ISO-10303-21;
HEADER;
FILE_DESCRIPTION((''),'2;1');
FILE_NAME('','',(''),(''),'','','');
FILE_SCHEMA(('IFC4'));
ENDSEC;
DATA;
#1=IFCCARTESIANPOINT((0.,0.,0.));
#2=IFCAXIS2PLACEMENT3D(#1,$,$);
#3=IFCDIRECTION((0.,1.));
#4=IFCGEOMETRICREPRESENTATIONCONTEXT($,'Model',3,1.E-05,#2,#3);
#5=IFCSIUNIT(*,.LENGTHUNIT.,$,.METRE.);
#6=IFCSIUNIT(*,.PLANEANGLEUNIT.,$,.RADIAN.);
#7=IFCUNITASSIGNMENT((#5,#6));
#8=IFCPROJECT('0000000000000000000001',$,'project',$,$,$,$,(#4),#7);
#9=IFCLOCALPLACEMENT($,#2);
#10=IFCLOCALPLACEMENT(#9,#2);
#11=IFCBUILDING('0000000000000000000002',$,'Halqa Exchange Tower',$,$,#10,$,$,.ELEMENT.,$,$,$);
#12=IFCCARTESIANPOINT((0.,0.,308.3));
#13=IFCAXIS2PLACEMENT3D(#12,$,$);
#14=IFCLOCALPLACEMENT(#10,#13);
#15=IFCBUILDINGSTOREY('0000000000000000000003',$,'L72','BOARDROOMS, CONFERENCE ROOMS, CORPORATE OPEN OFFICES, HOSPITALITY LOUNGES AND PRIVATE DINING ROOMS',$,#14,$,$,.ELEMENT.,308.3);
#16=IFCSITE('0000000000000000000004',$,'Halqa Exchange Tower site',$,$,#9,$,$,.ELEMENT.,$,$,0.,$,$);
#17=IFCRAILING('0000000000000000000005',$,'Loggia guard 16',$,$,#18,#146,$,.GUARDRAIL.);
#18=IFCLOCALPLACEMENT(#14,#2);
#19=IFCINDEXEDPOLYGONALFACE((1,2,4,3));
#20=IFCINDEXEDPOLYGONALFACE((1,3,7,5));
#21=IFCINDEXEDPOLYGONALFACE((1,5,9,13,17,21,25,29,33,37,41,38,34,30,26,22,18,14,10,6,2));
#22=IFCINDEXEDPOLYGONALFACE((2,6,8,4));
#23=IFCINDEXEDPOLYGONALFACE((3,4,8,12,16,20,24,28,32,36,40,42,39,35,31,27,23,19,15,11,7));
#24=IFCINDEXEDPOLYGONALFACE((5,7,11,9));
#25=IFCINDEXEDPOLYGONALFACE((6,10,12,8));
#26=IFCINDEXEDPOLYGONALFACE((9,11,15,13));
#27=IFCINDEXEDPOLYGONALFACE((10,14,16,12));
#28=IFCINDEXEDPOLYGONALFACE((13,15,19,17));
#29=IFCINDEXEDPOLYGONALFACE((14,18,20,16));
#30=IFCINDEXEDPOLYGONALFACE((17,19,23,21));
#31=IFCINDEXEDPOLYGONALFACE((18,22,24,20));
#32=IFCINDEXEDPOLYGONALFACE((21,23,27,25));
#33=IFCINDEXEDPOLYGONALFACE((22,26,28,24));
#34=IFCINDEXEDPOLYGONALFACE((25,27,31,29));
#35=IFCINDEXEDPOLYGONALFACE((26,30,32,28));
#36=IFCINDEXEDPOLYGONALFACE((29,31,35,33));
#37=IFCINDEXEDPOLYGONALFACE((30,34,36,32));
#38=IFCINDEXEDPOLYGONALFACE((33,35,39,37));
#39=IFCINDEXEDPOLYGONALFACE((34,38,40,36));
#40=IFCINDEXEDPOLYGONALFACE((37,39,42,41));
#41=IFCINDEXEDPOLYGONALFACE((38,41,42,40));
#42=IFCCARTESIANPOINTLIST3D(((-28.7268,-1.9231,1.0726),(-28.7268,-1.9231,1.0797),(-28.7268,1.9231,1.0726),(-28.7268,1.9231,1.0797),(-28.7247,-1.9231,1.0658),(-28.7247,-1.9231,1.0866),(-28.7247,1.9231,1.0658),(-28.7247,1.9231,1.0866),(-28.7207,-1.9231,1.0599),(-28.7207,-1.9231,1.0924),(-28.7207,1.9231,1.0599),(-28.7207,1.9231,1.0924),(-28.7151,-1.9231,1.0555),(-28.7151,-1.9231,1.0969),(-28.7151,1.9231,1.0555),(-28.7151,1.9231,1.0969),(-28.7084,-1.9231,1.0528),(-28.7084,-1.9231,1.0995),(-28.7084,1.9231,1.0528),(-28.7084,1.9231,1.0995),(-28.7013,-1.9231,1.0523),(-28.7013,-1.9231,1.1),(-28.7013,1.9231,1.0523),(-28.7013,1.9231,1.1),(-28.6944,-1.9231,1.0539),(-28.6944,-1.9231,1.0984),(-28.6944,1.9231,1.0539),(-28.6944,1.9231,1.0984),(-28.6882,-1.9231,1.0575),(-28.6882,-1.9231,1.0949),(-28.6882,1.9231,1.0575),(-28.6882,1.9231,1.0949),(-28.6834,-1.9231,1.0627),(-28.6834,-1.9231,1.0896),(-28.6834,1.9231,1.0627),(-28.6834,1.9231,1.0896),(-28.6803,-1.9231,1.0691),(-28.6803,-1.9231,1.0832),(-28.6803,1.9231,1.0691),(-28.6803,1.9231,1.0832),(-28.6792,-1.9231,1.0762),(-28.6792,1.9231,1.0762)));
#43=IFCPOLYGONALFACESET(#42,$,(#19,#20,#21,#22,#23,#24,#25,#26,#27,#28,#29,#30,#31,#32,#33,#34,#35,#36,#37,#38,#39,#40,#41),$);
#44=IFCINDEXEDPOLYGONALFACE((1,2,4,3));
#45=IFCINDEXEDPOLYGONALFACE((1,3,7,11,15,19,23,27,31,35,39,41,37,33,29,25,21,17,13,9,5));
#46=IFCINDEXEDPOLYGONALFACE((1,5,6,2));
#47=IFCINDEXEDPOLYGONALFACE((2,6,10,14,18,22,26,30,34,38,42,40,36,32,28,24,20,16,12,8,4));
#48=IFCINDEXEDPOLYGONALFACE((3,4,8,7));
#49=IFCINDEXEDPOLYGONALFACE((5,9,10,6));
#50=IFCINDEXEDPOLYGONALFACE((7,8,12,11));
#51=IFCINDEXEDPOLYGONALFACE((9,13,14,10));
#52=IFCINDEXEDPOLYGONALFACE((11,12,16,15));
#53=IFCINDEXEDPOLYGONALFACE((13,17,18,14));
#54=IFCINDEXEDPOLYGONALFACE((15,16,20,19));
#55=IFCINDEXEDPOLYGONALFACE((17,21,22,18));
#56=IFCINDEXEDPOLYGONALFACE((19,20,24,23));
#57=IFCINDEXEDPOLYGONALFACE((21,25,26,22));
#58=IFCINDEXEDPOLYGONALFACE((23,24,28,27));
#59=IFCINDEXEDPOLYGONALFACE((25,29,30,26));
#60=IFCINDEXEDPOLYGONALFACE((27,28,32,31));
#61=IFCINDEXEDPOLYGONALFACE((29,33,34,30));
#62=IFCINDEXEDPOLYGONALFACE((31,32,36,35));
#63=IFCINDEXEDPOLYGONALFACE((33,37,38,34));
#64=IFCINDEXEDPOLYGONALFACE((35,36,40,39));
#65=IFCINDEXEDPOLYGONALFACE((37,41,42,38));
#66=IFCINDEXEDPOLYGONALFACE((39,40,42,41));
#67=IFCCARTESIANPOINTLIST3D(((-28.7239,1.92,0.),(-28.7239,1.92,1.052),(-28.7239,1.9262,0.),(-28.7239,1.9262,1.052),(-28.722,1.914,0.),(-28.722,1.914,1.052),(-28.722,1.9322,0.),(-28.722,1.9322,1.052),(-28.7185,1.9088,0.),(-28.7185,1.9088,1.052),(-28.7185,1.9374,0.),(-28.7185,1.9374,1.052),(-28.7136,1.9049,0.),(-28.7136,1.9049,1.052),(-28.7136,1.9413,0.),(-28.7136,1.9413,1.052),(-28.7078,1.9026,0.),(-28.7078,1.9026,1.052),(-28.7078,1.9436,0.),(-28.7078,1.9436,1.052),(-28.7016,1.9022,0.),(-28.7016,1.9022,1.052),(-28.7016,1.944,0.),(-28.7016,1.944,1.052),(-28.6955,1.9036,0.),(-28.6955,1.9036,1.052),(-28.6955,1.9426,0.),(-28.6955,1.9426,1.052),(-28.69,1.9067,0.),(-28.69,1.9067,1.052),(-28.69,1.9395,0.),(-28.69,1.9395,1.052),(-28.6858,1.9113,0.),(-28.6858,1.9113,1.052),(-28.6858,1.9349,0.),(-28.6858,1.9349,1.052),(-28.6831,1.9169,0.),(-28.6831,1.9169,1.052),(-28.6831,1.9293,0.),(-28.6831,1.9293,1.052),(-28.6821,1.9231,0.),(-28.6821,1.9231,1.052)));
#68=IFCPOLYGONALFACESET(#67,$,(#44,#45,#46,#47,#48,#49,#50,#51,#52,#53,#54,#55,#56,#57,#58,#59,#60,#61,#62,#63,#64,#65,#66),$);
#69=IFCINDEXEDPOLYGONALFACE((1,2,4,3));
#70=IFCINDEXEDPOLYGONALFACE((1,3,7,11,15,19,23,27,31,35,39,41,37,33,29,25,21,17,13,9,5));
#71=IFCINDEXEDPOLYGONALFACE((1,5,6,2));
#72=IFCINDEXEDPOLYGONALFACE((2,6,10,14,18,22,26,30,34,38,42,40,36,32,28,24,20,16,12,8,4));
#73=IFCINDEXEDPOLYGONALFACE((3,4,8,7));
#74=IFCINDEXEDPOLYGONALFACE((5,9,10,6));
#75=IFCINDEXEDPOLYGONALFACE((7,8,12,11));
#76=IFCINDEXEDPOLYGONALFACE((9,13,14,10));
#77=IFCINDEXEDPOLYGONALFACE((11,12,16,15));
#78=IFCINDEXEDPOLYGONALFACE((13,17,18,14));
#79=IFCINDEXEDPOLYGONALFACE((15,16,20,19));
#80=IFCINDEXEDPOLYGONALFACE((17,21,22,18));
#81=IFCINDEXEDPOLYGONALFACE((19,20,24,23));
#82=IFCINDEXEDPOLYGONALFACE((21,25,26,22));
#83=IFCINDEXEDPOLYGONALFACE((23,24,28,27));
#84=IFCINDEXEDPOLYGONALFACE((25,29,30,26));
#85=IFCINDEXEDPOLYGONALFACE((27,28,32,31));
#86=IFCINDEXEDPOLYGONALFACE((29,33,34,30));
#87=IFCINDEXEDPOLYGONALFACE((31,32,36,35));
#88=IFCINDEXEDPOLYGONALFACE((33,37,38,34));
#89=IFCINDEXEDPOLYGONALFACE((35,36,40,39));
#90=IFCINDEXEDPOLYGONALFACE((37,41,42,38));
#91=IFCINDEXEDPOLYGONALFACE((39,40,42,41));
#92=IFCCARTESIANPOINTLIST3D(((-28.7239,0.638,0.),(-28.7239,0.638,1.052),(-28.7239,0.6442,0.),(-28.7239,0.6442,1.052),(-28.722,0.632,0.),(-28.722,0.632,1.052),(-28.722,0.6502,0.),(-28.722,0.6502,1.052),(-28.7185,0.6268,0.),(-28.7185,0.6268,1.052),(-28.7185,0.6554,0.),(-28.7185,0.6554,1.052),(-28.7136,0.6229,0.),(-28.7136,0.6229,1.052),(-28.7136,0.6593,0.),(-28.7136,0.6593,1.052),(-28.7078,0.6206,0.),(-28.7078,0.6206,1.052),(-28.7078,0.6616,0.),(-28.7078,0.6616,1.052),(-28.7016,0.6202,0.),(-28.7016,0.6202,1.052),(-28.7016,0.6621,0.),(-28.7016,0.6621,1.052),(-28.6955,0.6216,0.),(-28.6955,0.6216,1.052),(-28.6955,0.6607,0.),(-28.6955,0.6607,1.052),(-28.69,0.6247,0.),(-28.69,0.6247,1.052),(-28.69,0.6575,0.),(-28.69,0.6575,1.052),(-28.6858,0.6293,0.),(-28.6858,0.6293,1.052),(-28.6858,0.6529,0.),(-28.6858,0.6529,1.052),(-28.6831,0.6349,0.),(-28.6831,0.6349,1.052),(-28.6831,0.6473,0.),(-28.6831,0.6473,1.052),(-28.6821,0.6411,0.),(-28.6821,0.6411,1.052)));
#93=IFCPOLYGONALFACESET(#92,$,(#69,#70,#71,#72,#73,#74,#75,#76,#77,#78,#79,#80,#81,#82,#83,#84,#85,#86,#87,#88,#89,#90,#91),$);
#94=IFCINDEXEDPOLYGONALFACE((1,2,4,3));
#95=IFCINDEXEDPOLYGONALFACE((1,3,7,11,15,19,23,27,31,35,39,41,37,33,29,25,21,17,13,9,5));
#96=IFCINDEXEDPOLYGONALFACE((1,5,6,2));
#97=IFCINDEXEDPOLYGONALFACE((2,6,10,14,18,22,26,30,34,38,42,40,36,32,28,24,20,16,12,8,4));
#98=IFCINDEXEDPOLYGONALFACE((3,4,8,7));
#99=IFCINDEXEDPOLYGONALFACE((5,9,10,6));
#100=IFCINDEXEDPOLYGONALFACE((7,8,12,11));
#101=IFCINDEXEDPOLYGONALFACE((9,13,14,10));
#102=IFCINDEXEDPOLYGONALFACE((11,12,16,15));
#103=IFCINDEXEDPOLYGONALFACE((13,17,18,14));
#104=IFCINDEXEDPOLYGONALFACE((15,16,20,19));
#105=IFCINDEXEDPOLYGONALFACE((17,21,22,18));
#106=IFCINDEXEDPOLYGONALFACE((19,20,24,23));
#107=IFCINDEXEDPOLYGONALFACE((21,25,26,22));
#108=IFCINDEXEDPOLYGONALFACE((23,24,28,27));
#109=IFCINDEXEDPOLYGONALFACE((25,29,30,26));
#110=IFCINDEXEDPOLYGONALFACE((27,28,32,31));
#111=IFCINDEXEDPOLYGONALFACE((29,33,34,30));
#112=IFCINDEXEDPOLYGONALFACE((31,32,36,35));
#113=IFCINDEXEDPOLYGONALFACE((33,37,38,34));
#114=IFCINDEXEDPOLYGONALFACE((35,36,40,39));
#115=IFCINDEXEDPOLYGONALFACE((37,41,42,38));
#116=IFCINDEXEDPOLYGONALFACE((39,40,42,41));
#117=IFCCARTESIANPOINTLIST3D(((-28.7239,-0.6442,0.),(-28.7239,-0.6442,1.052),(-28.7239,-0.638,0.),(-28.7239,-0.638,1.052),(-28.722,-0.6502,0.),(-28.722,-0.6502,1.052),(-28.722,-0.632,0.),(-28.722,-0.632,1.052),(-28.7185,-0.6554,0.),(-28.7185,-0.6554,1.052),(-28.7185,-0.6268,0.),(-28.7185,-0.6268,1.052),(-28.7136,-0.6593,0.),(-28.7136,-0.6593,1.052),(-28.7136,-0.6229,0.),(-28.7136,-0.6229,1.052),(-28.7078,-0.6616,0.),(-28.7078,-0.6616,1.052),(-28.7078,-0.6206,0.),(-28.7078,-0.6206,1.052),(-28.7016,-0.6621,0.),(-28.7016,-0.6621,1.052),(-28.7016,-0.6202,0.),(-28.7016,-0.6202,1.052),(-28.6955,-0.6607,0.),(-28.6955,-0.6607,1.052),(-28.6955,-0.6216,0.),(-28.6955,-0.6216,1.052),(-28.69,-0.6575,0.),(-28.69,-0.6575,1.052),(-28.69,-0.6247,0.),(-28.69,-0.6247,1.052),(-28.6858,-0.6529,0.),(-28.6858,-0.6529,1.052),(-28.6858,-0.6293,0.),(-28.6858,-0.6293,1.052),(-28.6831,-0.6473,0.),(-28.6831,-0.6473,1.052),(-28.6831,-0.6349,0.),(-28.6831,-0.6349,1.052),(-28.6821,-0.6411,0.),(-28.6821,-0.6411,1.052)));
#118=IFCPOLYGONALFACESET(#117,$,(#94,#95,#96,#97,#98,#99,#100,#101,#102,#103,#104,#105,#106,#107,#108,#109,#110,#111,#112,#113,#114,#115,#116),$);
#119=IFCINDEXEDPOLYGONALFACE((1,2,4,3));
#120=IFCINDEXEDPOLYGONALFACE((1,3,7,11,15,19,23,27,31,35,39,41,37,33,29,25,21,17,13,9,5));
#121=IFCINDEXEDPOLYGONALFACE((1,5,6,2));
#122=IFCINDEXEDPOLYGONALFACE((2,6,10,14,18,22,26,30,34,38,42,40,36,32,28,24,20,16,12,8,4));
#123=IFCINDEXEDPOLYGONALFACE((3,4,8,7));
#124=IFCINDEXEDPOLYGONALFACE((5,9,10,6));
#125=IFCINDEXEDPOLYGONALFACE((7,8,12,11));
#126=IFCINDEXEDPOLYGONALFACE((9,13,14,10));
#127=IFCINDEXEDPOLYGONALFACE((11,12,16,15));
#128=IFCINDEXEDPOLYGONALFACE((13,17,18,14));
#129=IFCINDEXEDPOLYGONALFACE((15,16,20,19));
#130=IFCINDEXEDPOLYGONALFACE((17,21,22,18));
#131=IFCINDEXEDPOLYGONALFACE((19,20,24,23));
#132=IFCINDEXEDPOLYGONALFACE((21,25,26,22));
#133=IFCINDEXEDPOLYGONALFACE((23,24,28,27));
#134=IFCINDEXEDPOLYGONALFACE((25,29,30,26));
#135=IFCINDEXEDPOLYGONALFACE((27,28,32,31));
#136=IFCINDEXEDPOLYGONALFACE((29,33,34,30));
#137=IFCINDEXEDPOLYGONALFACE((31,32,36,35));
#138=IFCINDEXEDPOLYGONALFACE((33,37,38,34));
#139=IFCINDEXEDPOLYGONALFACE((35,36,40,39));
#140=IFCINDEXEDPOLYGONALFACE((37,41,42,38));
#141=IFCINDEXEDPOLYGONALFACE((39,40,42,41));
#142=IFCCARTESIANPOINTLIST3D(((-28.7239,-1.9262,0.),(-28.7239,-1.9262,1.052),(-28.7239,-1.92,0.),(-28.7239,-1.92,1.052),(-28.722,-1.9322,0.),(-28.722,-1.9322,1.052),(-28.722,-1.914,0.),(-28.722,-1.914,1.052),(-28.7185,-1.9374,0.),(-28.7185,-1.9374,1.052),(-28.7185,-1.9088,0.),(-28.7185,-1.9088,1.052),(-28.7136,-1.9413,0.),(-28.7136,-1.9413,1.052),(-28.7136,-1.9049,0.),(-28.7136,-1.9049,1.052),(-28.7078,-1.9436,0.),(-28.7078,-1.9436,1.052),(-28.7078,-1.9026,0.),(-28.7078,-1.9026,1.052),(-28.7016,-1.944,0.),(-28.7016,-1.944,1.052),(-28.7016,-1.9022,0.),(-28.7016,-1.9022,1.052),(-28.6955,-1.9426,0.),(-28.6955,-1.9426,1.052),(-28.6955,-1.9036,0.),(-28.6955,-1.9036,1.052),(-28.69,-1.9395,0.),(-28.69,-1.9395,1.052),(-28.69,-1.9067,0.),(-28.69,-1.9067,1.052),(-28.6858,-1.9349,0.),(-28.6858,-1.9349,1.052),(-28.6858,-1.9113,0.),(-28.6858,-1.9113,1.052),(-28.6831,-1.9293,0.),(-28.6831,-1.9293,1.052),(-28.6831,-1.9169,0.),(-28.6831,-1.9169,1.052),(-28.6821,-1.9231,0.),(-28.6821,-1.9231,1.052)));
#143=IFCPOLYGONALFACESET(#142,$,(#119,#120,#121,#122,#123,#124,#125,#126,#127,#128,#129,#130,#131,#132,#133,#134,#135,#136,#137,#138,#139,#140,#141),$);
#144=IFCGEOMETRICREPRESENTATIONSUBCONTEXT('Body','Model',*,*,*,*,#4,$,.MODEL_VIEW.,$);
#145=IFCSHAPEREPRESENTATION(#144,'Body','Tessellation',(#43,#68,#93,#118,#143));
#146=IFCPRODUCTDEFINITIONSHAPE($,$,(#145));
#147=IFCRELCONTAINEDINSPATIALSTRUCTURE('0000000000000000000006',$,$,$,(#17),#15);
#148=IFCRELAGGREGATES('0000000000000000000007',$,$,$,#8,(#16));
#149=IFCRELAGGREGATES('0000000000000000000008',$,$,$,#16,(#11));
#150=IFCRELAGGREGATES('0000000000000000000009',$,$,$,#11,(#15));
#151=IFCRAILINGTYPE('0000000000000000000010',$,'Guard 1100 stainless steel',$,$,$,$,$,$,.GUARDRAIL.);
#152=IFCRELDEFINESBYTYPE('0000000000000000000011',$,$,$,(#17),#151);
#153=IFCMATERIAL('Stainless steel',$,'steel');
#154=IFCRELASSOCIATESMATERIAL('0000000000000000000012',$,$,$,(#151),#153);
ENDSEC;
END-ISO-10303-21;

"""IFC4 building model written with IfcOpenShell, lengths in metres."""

from ifc_helpers import new_model, si_unit, direction, frame, origin, origin_2d, place, context, subcontext, project, spatial, circle, extrude, material, type_object, element, save


model = new_model("IFC4")

# Units and contexts
model_context = context("Model", 3, precision=1e-05, world=origin(), true_north=direction((0.0, 1.0)))
body_context = subcontext(model_context, "Body", "Model", "MODEL_VIEW")
ifc_project = project(units=[si_unit("LENGTHUNIT", "METRE"), si_unit("PLANEANGLEUNIT", "RADIAN")], contexts=[model_context])

# Site, building, storey
site_placement = place(None, origin())
site = spatial("IfcSite", under=ifc_project, at=site_placement, Name="Halqa Exchange Tower site", CompositionType="ELEMENT", RefElevation=0.0)
building_placement = place(site_placement, origin())
building = spatial("IfcBuilding", under=site, at=building_placement, Name="Halqa Exchange Tower", CompositionType="ELEMENT")
storey_placement = place(building_placement, frame((0.0, 0.0, 308.3)))
storey = spatial("IfcBuildingStorey", under=building, at=storey_placement, Name="L72", Description="BOARDROOMS, CONFERENCE ROOMS, CORPORATE OPEN OFFICES, HOSPITALITY LOUNGES AND PRIVATE DINING ROOMS", CompositionType="ELEMENT", Elevation=308.3)

# Railing
ifc_material_1 = material(Name="Stainless steel", Category="steel")
railing_type = type_object("IfcRailingType", Name="Guard 1100 stainless steel", PredefinedType="GUARDRAIL", material=ifc_material_1)
railing_1_placement = place(storey_placement, frame((-28.7031, 1.9231, 0.0)))
element("IfcRailing", 1, at=railing_1_placement, inside=storey, type_object=railing_type, Name="Loggia guard 16", PredefinedType="GUARDRAIL", context=body_context, shape_type="SweptSolid", body=[
    extrude(circle(Radius=0.0239, at=origin_2d()), frame((0.0, 0.0, 1.0762), z_axis=(0.0, -1.0, 0.0), x_axis=(1.0, 0.0, 0.0)), (0.0, 0.0, 1.0), 3.8462),
    extrude(circle(Radius=0.021, at=origin_2d()), origin(), (0.0, 0.0, 1.0), 1.052),
    extrude(circle(Radius=0.021, at=origin_2d()), frame((0.0, -1.282, 0.0)), (0.0, 0.0, 1.0), 1.052),
    extrude(circle(Radius=0.021, at=origin_2d()), frame((0.0, -2.5642, 0.0)), (0.0, 0.0, 1.0), 1.052),
    extrude(circle(Radius=0.021, at=origin_2d()), frame((0.0, -3.8462, 0.0)), (0.0, 0.0, 1.0), 1.052),
])

save(model, "model.ifc")
